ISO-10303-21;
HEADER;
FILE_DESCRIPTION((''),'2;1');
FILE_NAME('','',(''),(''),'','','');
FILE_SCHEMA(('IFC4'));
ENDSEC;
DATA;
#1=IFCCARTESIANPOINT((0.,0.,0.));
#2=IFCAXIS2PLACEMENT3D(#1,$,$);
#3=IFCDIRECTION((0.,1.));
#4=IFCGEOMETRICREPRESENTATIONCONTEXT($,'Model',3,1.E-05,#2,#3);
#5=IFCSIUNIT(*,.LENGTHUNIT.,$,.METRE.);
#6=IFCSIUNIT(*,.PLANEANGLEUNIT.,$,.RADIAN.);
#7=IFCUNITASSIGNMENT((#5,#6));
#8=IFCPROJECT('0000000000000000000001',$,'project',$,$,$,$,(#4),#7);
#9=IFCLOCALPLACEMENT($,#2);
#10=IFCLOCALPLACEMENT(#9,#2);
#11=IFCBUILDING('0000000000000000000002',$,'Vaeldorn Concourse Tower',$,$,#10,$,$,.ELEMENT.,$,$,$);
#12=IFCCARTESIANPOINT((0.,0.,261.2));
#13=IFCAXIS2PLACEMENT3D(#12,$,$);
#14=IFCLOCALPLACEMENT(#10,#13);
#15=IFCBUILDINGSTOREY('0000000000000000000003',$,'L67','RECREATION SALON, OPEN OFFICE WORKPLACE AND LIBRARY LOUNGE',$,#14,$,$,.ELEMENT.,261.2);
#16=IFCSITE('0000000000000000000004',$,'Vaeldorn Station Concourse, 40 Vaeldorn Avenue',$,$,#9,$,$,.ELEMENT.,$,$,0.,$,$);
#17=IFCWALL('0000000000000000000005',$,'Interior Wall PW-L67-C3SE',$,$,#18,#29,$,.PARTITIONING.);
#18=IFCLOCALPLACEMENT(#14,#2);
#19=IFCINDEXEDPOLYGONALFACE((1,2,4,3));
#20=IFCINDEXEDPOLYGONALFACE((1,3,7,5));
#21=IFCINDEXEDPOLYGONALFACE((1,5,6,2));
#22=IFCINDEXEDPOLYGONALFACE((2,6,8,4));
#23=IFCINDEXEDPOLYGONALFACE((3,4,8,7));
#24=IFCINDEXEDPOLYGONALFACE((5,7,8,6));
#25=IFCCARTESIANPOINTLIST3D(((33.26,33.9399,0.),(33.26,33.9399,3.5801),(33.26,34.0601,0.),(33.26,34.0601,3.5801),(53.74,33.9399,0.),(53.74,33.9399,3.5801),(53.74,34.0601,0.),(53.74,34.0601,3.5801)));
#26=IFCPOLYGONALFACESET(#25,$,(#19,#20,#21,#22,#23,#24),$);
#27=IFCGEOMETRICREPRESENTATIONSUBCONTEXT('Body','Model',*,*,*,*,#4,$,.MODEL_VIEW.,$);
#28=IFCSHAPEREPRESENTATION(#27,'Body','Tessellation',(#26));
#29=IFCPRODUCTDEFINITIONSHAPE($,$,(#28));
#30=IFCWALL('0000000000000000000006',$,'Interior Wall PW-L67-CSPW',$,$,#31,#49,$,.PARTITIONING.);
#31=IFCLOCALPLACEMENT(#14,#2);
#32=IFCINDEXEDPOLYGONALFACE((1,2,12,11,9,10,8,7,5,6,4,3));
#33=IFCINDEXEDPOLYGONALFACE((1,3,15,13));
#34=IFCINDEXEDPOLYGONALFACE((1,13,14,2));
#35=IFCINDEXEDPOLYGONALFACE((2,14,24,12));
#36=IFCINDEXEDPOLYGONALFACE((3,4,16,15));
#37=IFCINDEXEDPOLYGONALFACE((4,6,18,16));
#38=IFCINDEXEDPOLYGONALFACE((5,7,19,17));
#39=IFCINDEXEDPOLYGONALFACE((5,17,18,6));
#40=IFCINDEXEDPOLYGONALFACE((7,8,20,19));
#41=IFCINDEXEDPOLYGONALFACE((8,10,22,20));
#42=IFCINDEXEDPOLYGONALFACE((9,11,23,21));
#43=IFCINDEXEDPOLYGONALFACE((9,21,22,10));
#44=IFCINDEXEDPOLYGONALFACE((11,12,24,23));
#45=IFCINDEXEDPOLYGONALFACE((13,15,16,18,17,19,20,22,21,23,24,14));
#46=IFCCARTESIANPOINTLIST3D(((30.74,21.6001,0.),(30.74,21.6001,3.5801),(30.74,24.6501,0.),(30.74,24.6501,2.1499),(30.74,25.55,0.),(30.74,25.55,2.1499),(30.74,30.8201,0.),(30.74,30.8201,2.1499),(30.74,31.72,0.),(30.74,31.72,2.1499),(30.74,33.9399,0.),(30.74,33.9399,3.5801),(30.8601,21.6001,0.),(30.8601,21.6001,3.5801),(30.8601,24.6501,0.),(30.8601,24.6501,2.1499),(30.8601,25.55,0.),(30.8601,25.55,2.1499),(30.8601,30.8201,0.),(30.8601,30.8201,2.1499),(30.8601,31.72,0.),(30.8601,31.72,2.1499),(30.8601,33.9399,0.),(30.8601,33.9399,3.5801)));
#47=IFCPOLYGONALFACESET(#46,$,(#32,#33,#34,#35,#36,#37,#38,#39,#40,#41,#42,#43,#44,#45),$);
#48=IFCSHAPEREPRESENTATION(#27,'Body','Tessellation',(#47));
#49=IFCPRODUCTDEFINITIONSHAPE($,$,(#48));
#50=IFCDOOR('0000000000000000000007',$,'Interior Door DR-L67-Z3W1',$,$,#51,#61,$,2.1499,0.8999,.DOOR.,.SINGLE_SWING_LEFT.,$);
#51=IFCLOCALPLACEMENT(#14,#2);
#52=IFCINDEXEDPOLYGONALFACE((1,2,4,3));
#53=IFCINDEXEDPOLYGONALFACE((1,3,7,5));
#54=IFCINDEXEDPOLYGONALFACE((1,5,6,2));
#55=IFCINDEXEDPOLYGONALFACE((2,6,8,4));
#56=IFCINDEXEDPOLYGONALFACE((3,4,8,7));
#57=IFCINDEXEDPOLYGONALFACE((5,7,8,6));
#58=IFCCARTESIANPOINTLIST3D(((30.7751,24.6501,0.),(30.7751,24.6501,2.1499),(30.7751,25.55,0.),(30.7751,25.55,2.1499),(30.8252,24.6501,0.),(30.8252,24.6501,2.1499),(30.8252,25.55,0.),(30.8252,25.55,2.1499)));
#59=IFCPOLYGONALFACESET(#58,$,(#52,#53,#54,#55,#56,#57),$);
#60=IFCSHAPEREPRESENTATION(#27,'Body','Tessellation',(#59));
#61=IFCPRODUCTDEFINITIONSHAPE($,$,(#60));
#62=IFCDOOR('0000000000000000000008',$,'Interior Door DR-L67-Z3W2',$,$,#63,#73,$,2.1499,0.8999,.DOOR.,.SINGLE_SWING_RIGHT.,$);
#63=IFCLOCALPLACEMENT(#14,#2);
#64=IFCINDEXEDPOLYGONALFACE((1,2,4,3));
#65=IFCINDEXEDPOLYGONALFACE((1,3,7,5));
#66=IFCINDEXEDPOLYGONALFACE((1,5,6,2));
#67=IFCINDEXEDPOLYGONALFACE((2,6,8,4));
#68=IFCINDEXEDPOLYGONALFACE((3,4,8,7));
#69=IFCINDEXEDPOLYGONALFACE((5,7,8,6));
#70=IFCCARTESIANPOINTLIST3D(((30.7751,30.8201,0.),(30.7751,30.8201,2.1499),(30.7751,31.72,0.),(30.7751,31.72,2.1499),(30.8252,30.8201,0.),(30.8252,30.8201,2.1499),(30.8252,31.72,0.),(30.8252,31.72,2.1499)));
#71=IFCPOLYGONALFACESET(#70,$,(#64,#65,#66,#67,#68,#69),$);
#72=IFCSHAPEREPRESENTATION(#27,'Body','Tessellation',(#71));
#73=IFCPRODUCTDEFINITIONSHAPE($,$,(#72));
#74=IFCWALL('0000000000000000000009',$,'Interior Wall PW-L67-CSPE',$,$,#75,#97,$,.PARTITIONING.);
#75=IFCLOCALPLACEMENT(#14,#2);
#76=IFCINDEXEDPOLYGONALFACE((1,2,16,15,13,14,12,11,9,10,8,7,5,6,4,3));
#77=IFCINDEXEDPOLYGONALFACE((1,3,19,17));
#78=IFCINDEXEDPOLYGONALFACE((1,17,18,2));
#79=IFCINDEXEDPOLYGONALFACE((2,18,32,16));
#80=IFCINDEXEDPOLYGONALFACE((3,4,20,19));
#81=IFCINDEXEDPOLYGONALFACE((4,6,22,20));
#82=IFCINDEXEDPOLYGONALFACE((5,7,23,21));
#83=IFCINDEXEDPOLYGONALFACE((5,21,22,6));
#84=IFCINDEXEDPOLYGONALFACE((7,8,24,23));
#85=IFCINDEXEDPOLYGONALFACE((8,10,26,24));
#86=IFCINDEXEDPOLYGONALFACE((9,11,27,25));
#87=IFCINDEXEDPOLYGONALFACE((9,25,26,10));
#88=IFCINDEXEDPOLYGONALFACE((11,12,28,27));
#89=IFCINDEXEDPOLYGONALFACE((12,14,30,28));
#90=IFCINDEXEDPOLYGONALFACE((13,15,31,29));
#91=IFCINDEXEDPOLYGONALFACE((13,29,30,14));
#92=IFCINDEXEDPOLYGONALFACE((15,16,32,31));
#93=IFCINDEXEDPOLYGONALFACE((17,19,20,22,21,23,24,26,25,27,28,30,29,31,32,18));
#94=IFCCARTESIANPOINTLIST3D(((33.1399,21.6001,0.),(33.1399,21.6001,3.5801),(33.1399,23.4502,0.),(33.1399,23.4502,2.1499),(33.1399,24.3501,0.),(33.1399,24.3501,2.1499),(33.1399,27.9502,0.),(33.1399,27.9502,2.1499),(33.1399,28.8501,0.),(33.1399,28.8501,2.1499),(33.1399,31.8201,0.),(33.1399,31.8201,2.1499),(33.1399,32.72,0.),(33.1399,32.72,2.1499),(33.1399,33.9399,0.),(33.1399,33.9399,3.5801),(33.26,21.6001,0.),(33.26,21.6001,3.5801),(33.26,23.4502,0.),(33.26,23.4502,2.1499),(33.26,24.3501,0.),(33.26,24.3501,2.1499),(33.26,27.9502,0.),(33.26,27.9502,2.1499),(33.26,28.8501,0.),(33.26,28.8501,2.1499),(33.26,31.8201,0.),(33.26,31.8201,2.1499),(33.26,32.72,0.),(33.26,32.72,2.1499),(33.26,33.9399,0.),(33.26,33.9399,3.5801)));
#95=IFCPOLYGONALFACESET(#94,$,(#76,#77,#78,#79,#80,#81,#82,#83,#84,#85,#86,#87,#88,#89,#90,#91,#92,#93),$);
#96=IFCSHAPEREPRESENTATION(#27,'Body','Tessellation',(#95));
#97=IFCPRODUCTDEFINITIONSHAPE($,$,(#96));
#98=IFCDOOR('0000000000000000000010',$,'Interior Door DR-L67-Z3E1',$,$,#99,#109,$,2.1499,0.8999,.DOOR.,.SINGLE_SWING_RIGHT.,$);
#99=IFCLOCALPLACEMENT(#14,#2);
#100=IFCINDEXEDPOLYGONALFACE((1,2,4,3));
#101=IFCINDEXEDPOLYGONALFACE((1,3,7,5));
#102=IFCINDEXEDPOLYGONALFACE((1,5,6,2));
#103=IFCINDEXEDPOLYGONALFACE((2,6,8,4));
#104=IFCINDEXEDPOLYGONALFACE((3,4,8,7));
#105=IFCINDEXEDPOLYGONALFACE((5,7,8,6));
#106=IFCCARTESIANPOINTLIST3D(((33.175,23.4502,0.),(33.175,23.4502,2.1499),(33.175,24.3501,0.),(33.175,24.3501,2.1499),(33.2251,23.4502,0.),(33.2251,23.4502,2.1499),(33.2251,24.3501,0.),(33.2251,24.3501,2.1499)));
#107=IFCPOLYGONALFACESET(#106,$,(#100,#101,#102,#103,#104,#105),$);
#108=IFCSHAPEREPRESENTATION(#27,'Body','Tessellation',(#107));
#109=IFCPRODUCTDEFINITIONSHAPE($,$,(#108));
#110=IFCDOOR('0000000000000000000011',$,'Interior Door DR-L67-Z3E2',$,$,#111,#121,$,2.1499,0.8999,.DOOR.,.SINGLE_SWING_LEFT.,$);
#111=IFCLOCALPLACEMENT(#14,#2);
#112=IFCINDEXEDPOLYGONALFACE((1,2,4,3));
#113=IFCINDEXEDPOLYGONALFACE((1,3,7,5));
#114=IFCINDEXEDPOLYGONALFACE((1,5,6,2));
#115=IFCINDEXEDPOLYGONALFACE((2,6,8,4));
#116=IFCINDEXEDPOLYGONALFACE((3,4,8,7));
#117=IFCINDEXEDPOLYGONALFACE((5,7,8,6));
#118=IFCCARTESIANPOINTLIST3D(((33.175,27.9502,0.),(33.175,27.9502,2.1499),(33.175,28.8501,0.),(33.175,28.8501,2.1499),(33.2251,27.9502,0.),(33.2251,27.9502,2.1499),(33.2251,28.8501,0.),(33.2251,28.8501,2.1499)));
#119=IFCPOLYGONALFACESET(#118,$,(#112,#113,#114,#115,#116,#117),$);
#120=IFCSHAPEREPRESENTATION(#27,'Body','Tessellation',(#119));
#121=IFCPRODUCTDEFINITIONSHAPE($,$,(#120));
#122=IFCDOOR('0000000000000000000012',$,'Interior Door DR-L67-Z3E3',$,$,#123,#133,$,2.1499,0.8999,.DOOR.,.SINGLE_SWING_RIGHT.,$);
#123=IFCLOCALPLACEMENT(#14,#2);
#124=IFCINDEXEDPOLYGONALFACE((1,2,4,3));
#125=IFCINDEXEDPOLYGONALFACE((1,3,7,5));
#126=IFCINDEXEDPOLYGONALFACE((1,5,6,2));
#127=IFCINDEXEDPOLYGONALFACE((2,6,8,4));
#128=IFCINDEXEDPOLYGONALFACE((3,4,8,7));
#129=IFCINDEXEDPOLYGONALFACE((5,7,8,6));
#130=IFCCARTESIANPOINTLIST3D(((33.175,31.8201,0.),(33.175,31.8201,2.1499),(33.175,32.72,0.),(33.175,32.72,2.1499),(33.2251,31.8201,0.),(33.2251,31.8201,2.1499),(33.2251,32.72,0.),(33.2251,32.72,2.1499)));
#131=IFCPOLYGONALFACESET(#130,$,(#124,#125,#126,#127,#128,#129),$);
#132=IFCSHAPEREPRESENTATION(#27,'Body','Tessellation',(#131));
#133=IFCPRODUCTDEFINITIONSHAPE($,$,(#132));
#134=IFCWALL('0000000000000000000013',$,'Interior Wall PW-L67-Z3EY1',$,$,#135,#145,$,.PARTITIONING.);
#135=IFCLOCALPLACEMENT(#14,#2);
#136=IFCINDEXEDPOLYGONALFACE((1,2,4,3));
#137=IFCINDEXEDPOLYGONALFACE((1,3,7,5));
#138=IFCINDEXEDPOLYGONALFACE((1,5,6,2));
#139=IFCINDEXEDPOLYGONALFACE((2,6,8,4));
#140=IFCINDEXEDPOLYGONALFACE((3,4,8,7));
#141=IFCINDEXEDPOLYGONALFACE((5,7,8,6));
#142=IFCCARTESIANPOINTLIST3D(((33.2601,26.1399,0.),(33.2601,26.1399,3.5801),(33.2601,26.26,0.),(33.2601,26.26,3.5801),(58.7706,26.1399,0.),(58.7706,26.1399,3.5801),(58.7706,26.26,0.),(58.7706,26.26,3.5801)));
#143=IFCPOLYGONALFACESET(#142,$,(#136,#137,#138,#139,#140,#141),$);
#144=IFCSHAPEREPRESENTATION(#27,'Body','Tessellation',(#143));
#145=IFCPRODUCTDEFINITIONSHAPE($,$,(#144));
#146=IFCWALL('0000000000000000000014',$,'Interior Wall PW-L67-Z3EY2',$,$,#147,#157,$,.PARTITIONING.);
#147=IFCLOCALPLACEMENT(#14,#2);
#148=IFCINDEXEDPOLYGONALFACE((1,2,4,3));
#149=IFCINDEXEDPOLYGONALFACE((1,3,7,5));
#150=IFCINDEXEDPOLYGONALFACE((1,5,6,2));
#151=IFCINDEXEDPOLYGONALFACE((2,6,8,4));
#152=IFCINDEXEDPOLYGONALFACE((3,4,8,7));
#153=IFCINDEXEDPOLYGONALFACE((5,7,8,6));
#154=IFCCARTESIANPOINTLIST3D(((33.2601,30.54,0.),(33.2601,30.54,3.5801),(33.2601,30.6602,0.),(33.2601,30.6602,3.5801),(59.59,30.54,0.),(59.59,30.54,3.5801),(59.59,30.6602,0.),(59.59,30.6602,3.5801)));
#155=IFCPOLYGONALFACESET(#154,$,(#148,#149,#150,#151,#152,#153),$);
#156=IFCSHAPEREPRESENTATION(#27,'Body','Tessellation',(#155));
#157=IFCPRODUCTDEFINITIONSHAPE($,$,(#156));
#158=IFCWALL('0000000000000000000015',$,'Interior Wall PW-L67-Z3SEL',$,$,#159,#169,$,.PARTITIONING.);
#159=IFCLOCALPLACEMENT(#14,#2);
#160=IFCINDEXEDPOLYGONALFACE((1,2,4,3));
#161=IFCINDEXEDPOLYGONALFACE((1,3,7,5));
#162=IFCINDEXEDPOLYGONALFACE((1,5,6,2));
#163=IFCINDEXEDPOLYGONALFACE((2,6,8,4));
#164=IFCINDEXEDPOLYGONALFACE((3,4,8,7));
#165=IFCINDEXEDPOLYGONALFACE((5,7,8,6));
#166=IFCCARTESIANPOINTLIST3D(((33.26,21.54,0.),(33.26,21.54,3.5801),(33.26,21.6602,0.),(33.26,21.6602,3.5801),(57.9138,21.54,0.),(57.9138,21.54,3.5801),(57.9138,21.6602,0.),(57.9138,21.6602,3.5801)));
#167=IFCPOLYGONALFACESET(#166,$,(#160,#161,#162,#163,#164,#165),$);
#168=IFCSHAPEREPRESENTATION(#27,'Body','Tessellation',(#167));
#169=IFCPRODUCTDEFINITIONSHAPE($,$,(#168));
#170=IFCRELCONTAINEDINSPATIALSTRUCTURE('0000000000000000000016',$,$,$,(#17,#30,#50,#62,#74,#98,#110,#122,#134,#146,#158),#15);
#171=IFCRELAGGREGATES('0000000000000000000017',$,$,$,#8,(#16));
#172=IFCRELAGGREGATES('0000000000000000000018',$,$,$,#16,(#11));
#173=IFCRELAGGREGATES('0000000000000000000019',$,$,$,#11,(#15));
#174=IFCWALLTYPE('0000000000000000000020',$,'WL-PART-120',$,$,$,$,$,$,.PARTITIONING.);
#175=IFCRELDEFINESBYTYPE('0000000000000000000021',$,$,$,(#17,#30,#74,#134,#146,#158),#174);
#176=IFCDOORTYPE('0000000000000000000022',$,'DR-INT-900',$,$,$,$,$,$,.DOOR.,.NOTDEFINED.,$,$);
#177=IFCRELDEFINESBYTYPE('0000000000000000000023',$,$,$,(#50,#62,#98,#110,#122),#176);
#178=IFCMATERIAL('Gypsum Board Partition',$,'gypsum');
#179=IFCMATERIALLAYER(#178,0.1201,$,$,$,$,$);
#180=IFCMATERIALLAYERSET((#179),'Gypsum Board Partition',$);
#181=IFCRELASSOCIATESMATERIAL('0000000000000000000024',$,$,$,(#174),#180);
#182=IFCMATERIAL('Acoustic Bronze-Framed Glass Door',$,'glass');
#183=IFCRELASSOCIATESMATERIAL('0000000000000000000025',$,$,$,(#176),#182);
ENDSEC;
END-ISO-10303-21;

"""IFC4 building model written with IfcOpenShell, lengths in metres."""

from ifc_helpers import new_model, si_unit, direction, frame, frame_2d, origin, place, context, subcontext, project, spatial, rectangle, extrude, source, transform, mapped, material, layer, layer_set, type_object, element, fill, save


model = new_model("IFC4")

# Units and contexts
model_context = context("Model", 3, precision=1e-05, world=origin(), true_north=direction((0.0, 1.0)))
body_context = subcontext(model_context, "Body", "Model", "MODEL_VIEW")
ifc_project = project(units=[si_unit("LENGTHUNIT", "METRE"), si_unit("PLANEANGLEUNIT", "RADIAN")], contexts=[model_context])

# Site, building, storey
site_placement = place(None, origin())
site = spatial("IfcSite", under=ifc_project, at=site_placement, Name="Vaeldorn Station Concourse, 40 Vaeldorn Avenue", CompositionType="ELEMENT", RefElevation=0.0)
building_placement = place(site_placement, origin())
building = spatial("IfcBuilding", under=site, at=building_placement, Name="Vaeldorn Concourse Tower", CompositionType="ELEMENT")
storey_placement = place(building_placement, frame((0.0, 0.0, 261.2)))
storey = spatial("IfcBuildingStorey", under=building, at=storey_placement, Name="L67", Description="RECREATION SALON, OPEN OFFICE WORKPLACE AND LIBRARY LOUNGE", CompositionType="ELEMENT", Elevation=261.2)

# Wall
ifc_material_1 = material(Name="Gypsum Board Partition", Category="gypsum")
ifc_layer = layer(ifc_material_1, 0.1201)
ifc_layer_set = layer_set([ifc_layer], Name="Gypsum Board Partition")
wall_type = type_object("IfcWallType", Name="WL-PART-120", PredefinedType="PARTITIONING", material=ifc_layer_set)
wall_1_placement = place(storey_placement, frame((33.26, 34.0, 0.0), z_axis=(0.0, 0.0, 1.0), x_axis=(1.0, 0.0, 0.0)))
element("IfcWall", 1, at=wall_1_placement, inside=storey, type_object=wall_type, Name="Interior Wall PW-L67-C3SE", PredefinedType="PARTITIONING", context=body_context, shape_type="SweptSolid", body=[
    extrude(rectangle(XDim=20.48, YDim=0.1201, at=frame_2d((10.24, 0.0))), origin(), (0.0, 0.0, 1.0), 3.5801),
])

# Walls, openings, doors
wall_2_placement = place(storey_placement, frame((30.8, 21.6001, 0.0), z_axis=(0.0, 0.0, 1.0), x_axis=(0.0, 1.0, 0.0)))
wall_2 = element("IfcWall", 2, at=wall_2_placement, inside=storey, type_object=wall_type, Name="Interior Wall PW-L67-CSPW", PredefinedType="PARTITIONING", context=body_context, shape_type="SweptSolid", body=[
    extrude(rectangle(XDim=12.3398, YDim=0.1201, at=frame_2d((6.1699, 0.0))), origin(), (0.0, 0.0, 1.0), 3.5801),
])
opening_1_placement = place(wall_2_placement, frame((3.05, 0.0, 0.0)))
opening_1 = element("IfcOpeningElement", 3, at=opening_1_placement, cuts=wall_2, PredefinedType="OPENING", context=body_context, shape_type="SweptSolid", body=[
    extrude(rectangle(XDim=0.8999, YDim=2.1499, at=frame_2d((0.45, 1.075))), frame((0.0, 0.0701, 0.0), z_axis=(0.0, -1.0, 0.0), x_axis=(1.0, 0.0, 0.0)), (0.0, 0.0, 1.0), 0.1401),
])
opening_2_placement = place(wall_2_placement, frame((9.22, 0.0, 0.0)))
opening_2 = element("IfcOpeningElement", 4, at=opening_2_placement, cuts=wall_2, PredefinedType="OPENING", context=body_context, shape_type="SweptSolid", body=[
    extrude(rectangle(XDim=0.8999, YDim=2.1499, at=frame_2d((0.45, 1.075))), frame((0.0, 0.0701, 0.0), z_axis=(0.0, -1.0, 0.0), x_axis=(1.0, 0.0, 0.0)), (0.0, 0.0, 1.0), 0.1401),
])
ifc_material_2 = material(Name="Acoustic Bronze-Framed Glass Door", Category="glass")
door_type = type_object("IfcDoorType", Name="DR-INT-900", OperationType="NOTDEFINED", PredefinedType="DOOR", material=ifc_material_2)
shared_shape_1 = source(origin(), body_context, "Body", "SweptSolid", [
    extrude(rectangle(XDim=0.8999, YDim=2.1499, at=frame_2d((0.45, 1.075))), frame((0.0, 0.0249, 0.0), z_axis=(0.0, -1.0, 0.0), x_axis=(1.0, 0.0, 0.0)), (0.0, 0.0, 1.0), 0.05),
])
door_1_placement = place(opening_1_placement, origin())
door_1 = element("IfcDoor", 5, at=door_1_placement, inside=storey, type_object=door_type, Name="Interior Door DR-L67-Z3W1", OperationType="SINGLE_SWING_LEFT", OverallHeight=2.1499, OverallWidth=0.8999, PredefinedType="DOOR", context=body_context, shape_type="MappedRepresentation", body=[
    mapped(shared_shape_1, transform((0.0, 0.0, 0.0), scale=1.0)),
])
fill(opening_1, door_1)
door_2_placement = place(opening_2_placement, origin())
door_2 = element("IfcDoor", 6, at=door_2_placement, inside=storey, type_object=door_type, Name="Interior Door DR-L67-Z3W2", OperationType="SINGLE_SWING_RIGHT", OverallHeight=2.1499, OverallWidth=0.8999, PredefinedType="DOOR", context=body_context, shape_type="MappedRepresentation", body=[
    mapped(shared_shape_1, transform((0.0, 0.0, 0.0), scale=1.0)),
])
fill(opening_2, door_2)
wall_3_placement = place(storey_placement, frame((33.2, 21.6001, 0.0), z_axis=(0.0, 0.0, 1.0), x_axis=(0.0, 1.0, 0.0)))
wall_3 = element("IfcWall", 7, at=wall_3_placement, inside=storey, type_object=wall_type, Name="Interior Wall PW-L67-CSPE", PredefinedType="PARTITIONING", context=body_context, shape_type="SweptSolid", body=[
    extrude(rectangle(XDim=12.3398, YDim=0.1201, at=frame_2d((6.1699, 0.0))), origin(), (0.0, 0.0, 1.0), 3.5801),
])
opening_3_placement = place(wall_3_placement, frame((1.8501, 0.0, 0.0)))
opening_3 = element("IfcOpeningElement", 8, at=opening_3_placement, cuts=wall_3, PredefinedType="OPENING", context=body_context, shape_type="SweptSolid", body=[
    extrude(rectangle(XDim=0.8999, YDim=2.1499, at=frame_2d((0.45, 1.075))), frame((0.0, 0.0701, 0.0), z_axis=(0.0, -1.0, 0.0), x_axis=(1.0, 0.0, 0.0)), (0.0, 0.0, 1.0), 0.1401),
])
opening_4_placement = place(wall_3_placement, frame((6.3501, 0.0, 0.0)))
opening_4 = element("IfcOpeningElement", 9, at=opening_4_placement, cuts=wall_3, PredefinedType="OPENING", context=body_context, shape_type="SweptSolid", body=[
    extrude(rectangle(XDim=0.8999, YDim=2.1499, at=frame_2d((0.45, 1.075))), frame((0.0, 0.0701, 0.0), z_axis=(0.0, -1.0, 0.0), x_axis=(1.0, 0.0, 0.0)), (0.0, 0.0, 1.0), 0.1401),
])
opening_5_placement = place(wall_3_placement, frame((10.22, 0.0, 0.0)))
opening_5 = element("IfcOpeningElement", 10, at=opening_5_placement, cuts=wall_3, PredefinedType="OPENING", context=body_context, shape_type="SweptSolid", body=[
    extrude(rectangle(XDim=0.8999, YDim=2.1499, at=frame_2d((0.45, 1.075))), frame((0.0, 0.0701, 0.0), z_axis=(0.0, -1.0, 0.0), x_axis=(1.0, 0.0, 0.0)), (0.0, 0.0, 1.0), 0.1401),
])
door_3_placement = place(opening_3_placement, origin())
door_3 = element("IfcDoor", 11, at=door_3_placement, inside=storey, type_object=door_type, Name="Interior Door DR-L67-Z3E1", OperationType="SINGLE_SWING_RIGHT", OverallHeight=2.1499, OverallWidth=0.8999, PredefinedType="DOOR", context=body_context, shape_type="MappedRepresentation", body=[
    mapped(shared_shape_1, transform((0.0, 0.0, 0.0), scale=1.0)),
])
fill(opening_3, door_3)
door_4_placement = place(opening_4_placement, origin())
door_4 = element("IfcDoor", 12, at=door_4_placement, inside=storey, type_object=door_type, Name="Interior Door DR-L67-Z3E2", OperationType="SINGLE_SWING_LEFT", OverallHeight=2.1499, OverallWidth=0.8999, PredefinedType="DOOR", context=body_context, shape_type="MappedRepresentation", body=[
    mapped(shared_shape_1, transform((0.0, 0.0, 0.0), scale=1.0)),
])
fill(opening_4, door_4)
door_5_placement = place(opening_5_placement, origin())
door_5 = element("IfcDoor", 13, at=door_5_placement, inside=storey, type_object=door_type, Name="Interior Door DR-L67-Z3E3", OperationType="SINGLE_SWING_RIGHT", OverallHeight=2.1499, OverallWidth=0.8999, PredefinedType="DOOR", context=body_context, shape_type="MappedRepresentation", body=[
    mapped(shared_shape_1, transform((0.0, 0.0, 0.0), scale=1.0)),
])
fill(opening_5, door_5)

# Walls
wall_4_placement = place(storey_placement, frame((33.26, 26.2, 0.0), z_axis=(0.0, 0.0, 1.0), x_axis=(1.0, 0.0, 0.0)))
element("IfcWall", 14, at=wall_4_placement, inside=storey, type_object=wall_type, Name="Interior Wall PW-L67-Z3EY1", PredefinedType="PARTITIONING", context=body_context, shape_type="SweptSolid", body=[
    extrude(rectangle(XDim=25.5105, YDim=0.1201, at=frame_2d((12.7554, 0.0))), origin(), (0.0, 0.0, 1.0), 3.5801),
])
wall_5_placement = place(storey_placement, frame((33.26, 30.6001, 0.0), z_axis=(0.0, 0.0, 1.0), x_axis=(1.0, 0.0, 0.0)))
element("IfcWall", 15, at=wall_5_placement, inside=storey, type_object=wall_type, Name="Interior Wall PW-L67-Z3EY2", PredefinedType="PARTITIONING", context=body_context, shape_type="SweptSolid", body=[
    extrude(rectangle(XDim=26.3298, YDim=0.1201, at=frame_2d((13.165, 0.0))), origin(), (0.0, 0.0, 1.0), 3.5801),
])
wall_6_placement = place(storey_placement, frame((33.26, 21.6001, 0.0), z_axis=(0.0, 0.0, 1.0), x_axis=(1.0, 0.0, 0.0)))
element("IfcWall", 16, at=wall_6_placement, inside=storey, type_object=wall_type, Name="Interior Wall PW-L67-Z3SEL", PredefinedType="PARTITIONING", context=body_context, shape_type="SweptSolid", body=[
    extrude(rectangle(XDim=24.6538, YDim=0.1201, at=frame_2d((12.3269, 0.0))), origin(), (0.0, 0.0, 1.0), 3.5801),
])

save(model, "model.ifc")
